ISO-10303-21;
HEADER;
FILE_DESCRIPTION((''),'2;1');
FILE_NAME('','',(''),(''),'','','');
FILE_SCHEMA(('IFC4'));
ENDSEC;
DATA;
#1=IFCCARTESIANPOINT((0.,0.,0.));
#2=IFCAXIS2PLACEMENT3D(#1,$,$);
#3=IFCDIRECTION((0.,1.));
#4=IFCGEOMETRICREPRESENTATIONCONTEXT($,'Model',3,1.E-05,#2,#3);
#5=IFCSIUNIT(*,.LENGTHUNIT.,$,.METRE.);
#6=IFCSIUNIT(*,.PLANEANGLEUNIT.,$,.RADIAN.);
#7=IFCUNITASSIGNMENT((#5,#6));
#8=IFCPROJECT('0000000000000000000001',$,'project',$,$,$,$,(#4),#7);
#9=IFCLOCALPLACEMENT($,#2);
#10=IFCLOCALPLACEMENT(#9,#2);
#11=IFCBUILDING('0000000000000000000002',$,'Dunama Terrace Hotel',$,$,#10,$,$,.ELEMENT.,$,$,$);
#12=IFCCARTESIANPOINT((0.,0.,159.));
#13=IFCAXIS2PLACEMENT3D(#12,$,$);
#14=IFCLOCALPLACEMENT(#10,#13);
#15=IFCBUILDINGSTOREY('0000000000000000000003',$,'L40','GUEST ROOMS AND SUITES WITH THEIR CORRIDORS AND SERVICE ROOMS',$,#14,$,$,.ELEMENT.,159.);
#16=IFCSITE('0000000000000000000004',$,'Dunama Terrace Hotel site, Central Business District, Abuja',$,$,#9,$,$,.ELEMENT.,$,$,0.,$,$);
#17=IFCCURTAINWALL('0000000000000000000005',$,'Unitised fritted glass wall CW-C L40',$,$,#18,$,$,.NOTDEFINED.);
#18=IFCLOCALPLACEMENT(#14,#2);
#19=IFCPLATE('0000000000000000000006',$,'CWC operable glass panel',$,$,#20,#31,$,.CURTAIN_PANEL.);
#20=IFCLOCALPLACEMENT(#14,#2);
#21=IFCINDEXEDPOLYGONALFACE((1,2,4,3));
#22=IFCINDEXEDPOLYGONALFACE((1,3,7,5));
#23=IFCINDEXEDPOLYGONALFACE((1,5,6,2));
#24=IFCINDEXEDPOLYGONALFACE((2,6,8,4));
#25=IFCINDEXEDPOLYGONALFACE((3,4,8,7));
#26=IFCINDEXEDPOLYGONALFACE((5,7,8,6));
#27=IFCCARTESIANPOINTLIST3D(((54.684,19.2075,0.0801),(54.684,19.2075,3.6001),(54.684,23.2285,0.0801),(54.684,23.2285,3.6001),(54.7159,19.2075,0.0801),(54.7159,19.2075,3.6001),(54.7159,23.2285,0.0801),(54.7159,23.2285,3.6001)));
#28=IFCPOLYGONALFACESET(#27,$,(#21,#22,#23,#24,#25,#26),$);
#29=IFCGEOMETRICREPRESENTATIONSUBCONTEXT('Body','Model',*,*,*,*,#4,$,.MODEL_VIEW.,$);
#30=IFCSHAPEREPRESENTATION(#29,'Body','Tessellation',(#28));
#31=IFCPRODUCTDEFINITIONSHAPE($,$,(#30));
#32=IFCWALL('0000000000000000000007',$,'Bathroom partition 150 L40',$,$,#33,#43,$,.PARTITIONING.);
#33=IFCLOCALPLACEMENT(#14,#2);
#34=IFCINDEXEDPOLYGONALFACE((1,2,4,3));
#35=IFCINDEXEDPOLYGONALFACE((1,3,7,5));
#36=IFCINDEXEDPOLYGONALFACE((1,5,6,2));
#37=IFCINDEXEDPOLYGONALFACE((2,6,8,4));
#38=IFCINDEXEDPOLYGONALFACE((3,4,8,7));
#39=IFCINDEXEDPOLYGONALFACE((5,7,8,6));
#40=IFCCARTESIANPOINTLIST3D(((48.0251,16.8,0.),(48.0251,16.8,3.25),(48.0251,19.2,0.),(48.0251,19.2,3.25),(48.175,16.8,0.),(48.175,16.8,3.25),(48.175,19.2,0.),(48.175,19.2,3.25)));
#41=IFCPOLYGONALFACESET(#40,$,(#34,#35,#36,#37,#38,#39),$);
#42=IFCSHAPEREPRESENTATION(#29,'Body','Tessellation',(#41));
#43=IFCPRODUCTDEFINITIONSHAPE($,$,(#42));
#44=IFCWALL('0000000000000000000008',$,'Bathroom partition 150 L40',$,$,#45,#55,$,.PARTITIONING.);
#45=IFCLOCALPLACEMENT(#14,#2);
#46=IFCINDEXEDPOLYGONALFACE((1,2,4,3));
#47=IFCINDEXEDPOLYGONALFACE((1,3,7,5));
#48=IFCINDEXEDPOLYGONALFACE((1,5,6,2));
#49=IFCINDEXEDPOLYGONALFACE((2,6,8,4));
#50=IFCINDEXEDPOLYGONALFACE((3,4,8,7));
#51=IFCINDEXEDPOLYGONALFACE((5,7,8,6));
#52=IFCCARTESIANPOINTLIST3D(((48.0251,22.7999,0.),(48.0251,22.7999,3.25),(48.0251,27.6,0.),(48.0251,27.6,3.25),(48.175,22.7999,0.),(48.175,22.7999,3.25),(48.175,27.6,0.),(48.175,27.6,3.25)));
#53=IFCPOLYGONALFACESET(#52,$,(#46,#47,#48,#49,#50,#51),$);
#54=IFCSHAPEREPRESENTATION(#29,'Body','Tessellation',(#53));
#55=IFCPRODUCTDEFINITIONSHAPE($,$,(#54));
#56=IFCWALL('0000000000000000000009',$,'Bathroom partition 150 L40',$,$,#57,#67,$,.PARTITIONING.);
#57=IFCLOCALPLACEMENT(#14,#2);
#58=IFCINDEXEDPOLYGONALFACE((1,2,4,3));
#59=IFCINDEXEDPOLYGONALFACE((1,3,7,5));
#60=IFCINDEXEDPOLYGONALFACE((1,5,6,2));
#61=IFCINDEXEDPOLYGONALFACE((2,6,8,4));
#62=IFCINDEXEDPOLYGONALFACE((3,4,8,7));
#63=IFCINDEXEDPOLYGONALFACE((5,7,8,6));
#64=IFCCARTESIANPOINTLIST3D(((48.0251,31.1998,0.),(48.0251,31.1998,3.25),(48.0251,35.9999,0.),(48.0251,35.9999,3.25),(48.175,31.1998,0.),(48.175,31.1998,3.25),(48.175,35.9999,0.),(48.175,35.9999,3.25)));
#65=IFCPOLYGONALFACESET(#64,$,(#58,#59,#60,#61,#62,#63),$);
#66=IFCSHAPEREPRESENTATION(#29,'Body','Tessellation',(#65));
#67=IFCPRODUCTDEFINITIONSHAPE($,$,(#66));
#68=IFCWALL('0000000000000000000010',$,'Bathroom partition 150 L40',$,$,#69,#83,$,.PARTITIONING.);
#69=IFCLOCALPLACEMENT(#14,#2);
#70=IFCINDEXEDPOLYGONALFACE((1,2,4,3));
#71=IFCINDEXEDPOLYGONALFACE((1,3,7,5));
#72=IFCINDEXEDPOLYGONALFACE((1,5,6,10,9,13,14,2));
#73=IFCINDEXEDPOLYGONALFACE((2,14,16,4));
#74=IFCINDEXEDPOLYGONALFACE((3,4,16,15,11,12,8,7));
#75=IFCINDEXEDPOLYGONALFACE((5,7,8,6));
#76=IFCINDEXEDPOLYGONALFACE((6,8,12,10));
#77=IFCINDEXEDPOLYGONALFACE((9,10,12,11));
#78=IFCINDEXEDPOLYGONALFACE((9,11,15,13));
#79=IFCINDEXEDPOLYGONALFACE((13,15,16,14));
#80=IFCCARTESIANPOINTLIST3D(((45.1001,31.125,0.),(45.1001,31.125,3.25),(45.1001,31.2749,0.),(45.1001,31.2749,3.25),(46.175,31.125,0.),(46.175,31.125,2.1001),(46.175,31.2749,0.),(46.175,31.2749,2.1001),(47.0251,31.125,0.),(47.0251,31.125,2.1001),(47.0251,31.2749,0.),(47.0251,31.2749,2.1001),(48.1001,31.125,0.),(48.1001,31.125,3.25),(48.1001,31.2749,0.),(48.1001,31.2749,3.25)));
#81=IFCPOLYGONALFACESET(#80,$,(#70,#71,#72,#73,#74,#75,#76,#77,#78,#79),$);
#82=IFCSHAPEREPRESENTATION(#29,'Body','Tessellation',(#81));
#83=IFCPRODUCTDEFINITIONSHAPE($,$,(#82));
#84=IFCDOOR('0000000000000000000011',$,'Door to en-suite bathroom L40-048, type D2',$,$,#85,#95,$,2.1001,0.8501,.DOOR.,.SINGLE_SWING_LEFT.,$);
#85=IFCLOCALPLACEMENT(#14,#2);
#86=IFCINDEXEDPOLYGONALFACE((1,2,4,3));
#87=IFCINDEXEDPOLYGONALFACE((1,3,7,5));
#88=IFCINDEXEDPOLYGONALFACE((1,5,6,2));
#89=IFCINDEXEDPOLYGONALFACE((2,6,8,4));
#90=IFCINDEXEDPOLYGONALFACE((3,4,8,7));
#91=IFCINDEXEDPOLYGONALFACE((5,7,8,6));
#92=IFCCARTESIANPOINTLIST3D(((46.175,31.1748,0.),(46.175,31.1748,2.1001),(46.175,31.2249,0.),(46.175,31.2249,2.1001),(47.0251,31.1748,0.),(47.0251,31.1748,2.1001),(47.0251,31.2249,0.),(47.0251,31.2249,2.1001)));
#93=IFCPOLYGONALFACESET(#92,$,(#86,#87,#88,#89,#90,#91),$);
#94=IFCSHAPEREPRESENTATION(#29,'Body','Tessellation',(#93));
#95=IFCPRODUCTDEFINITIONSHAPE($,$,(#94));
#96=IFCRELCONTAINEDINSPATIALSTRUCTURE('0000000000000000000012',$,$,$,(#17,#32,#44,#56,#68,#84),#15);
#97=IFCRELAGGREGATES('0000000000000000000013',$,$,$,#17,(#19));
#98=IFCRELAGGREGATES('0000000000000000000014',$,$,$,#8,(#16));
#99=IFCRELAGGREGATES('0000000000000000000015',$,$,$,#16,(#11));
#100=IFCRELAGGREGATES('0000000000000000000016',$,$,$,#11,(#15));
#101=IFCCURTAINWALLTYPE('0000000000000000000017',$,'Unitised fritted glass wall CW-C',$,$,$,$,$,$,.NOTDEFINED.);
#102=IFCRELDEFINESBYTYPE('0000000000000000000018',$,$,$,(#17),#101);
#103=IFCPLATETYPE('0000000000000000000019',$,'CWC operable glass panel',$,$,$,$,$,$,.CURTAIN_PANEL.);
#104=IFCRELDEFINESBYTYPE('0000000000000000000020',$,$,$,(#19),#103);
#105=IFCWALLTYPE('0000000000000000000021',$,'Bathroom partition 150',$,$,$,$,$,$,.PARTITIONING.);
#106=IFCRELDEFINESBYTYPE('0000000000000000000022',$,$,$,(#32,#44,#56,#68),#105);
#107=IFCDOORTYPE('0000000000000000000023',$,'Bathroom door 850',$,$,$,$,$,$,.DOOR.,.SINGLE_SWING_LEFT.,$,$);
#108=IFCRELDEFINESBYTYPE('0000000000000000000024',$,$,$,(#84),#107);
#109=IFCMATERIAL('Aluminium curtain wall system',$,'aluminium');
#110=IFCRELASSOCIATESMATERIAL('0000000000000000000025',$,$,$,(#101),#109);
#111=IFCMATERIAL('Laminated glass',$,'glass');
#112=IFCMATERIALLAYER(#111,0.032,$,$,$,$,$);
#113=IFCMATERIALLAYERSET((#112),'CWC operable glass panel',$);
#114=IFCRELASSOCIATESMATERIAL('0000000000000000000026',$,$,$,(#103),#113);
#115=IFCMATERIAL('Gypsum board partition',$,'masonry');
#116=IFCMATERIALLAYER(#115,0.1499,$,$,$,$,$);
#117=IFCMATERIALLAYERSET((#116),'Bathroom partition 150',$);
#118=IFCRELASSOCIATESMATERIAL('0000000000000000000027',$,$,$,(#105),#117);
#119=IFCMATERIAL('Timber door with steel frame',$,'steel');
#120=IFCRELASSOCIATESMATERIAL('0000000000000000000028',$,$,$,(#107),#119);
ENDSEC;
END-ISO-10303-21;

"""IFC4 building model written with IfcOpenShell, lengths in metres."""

from ifc_helpers import new_model, si_unit, direction, frame, frame_2d, origin, origin_2d, place, context, subcontext, project, spatial, rectangle, extrude, material, layer, layer_set, type_object, element, fill, aggregate, save


model = new_model("IFC4")

# Units and contexts
model_context = context("Model", 3, precision=1e-05, world=origin(), true_north=direction((0.0, 1.0)))
body_context = subcontext(model_context, "Body", "Model", "MODEL_VIEW")
ifc_project = project(units=[si_unit("LENGTHUNIT", "METRE"), si_unit("PLANEANGLEUNIT", "RADIAN")], contexts=[model_context])

# Site, building, storey
site_placement = place(None, origin())
site = spatial("IfcSite", under=ifc_project, at=site_placement, Name="Dunama Terrace Hotel site, Central Business District, Abuja", CompositionType="ELEMENT", RefElevation=0.0)
building_placement = place(site_placement, origin())
building = spatial("IfcBuilding", under=site, at=building_placement, Name="Dunama Terrace Hotel", CompositionType="ELEMENT")
storey_placement = place(building_placement, frame((0.0, 0.0, 159.0)))
storey = spatial("IfcBuildingStorey", under=building, at=storey_placement, Name="L40", Description="GUEST ROOMS AND SUITES WITH THEIR CORRIDORS AND SERVICE ROOMS", CompositionType="ELEMENT", Elevation=159.0)

# Curtain wall
ifc_material_1 = material(Name="Aluminium curtain wall system", Category="aluminium")
curtain_wall_type = type_object("IfcCurtainWallType", Name="Unitised fritted glass wall CW-C", PredefinedType="NOTDEFINED", material=ifc_material_1)
curtain_wall_placement = place(storey_placement, origin())
curtain_wall = element("IfcCurtainWall", 1, at=curtain_wall_placement, inside=storey, type_object=curtain_wall_type, Name="Unitised fritted glass wall CW-C L40", PredefinedType="NOTDEFINED")

# Plate
ifc_material_2 = material(Name="Laminated glass", Category="glass")
ifc_layer_1 = layer(ifc_material_2, 0.032)
ifc_layer_set_1 = layer_set([ifc_layer_1], Name="CWC operable glass panel")
plate_type_1 = type_object("IfcPlateType", Name="CWC operable glass panel", PredefinedType="CURTAIN_PANEL", material=ifc_layer_set_1)
plate_1_placement = place(storey_placement, frame((54.7, 21.218, 0.0801), z_axis=(0.0, 0.0, 1.0), x_axis=(0.0, 1.0, 0.0)))
plate_1 = element("IfcPlate", 2, at=plate_1_placement, type_object=plate_type_1, Name="CWC operable glass panel", PredefinedType="CURTAIN_PANEL", context=body_context, shape_type="SweptSolid", body=[
    extrude(rectangle(XDim=4.021, YDim=0.032, at=origin_2d()), origin(), (0.0, 0.0, 1.0), 3.52),
])
aggregate(curtain_wall, [plate_1])

# Walls
ifc_material_3 = material(Name="Gypsum board partition", Category="masonry")
ifc_layer_2 = layer(ifc_material_3, 0.1499)
ifc_layer_set_2 = layer_set([ifc_layer_2], Name="Bathroom partition 150")
wall_type = type_object("IfcWallType", Name="Bathroom partition 150", PredefinedType="PARTITIONING", material=ifc_layer_set_2)
wall_1_placement = place(storey_placement, frame((48.1001, 16.8, 0.0), z_axis=(0.0, 0.0, 1.0), x_axis=(0.0, 1.0, 0.0)))
element("IfcWall", 3, at=wall_1_placement, inside=storey, type_object=wall_type, Name="Bathroom partition 150 L40", PredefinedType="PARTITIONING", context=body_context, shape_type="SweptSolid", body=[
    extrude(rectangle(XDim=2.3999, YDim=0.1499, at=frame_2d((1.2, 0.0))), origin(), (0.0, 0.0, 1.0), 3.25),
])
for number, where, z_axis, x_axis, name in (
    (4, (48.1001, 22.8, 0.0), (0.0, 0.0, 1.0), (0.0, 1.0, 0.0), "Bathroom partition 150 L40"),
    (5, (48.1001, 31.2, 0.0), (0.0, 0.0, 1.0), (0.0, 1.0, 0.0), "Bathroom partition 150 L40"),
):
    element("IfcWall", number, at=place(storey_placement, frame(where, z_axis=z_axis, x_axis=x_axis)), inside=storey, type_object=wall_type, Name=name, PredefinedType="PARTITIONING", context=body_context, shape_type="SweptSolid", body=[
        extrude(rectangle(XDim=4.8, YDim=0.1499, at=frame_2d((2.3999, 0.0))), origin(), (0.0, 0.0, 1.0), 3.25),
    ])

# Wall, opening, door
wall_2_placement = place(storey_placement, frame((45.1001, 31.2, 0.0), z_axis=(0.0, 0.0, 1.0), x_axis=(1.0, 0.0, 0.0)))
wall_2 = element("IfcWall", 6, at=wall_2_placement, inside=storey, type_object=wall_type, Name="Bathroom partition 150 L40", PredefinedType="PARTITIONING", context=body_context, shape_type="SweptSolid", body=[
    extrude(rectangle(XDim=3.0, YDim=0.1499, at=frame_2d((1.5, 0.0))), origin(), (0.0, 0.0, 1.0), 3.25),
])
opening_placement = place(wall_2_placement, frame((1.075, 0.0, 0.0)))
opening = element("IfcOpeningElement", 7, at=opening_placement, cuts=wall_2, PredefinedType="OPENING", context=body_context, shape_type="SweptSolid", body=[
    extrude(rectangle(XDim=0.8501, YDim=2.1001, at=frame_2d((0.425, 1.05))), frame((0.0, 0.085, 0.0), z_axis=(0.0, -1.0, 0.0), x_axis=(1.0, 0.0, 0.0)), (0.0, 0.0, 1.0), 0.1699),
])
ifc_material_4 = material(Name="Timber door with steel frame", Category="steel")
door_type = type_object("IfcDoorType", Name="Bathroom door 850", OperationType="SINGLE_SWING_LEFT", PredefinedType="DOOR", material=ifc_material_4)
door_placement = place(opening_placement, origin())
door = element("IfcDoor", 8, at=door_placement, inside=storey, type_object=door_type, Name="Door to en-suite bathroom L40-048, type D2", OperationType="SINGLE_SWING_LEFT", OverallHeight=2.1001, OverallWidth=0.8501, PredefinedType="DOOR", context=body_context, shape_type="SweptSolid", body=[
    extrude(rectangle(XDim=0.8501, YDim=2.1001, at=frame_2d((0.425, 1.05))), frame((0.0, 0.0249, 0.0), z_axis=(0.0, -1.0, 0.0), x_axis=(1.0, 0.0, 0.0)), (0.0, 0.0, 1.0), 0.05),
])
fill(opening, door)

save(model, "model.ifc")
